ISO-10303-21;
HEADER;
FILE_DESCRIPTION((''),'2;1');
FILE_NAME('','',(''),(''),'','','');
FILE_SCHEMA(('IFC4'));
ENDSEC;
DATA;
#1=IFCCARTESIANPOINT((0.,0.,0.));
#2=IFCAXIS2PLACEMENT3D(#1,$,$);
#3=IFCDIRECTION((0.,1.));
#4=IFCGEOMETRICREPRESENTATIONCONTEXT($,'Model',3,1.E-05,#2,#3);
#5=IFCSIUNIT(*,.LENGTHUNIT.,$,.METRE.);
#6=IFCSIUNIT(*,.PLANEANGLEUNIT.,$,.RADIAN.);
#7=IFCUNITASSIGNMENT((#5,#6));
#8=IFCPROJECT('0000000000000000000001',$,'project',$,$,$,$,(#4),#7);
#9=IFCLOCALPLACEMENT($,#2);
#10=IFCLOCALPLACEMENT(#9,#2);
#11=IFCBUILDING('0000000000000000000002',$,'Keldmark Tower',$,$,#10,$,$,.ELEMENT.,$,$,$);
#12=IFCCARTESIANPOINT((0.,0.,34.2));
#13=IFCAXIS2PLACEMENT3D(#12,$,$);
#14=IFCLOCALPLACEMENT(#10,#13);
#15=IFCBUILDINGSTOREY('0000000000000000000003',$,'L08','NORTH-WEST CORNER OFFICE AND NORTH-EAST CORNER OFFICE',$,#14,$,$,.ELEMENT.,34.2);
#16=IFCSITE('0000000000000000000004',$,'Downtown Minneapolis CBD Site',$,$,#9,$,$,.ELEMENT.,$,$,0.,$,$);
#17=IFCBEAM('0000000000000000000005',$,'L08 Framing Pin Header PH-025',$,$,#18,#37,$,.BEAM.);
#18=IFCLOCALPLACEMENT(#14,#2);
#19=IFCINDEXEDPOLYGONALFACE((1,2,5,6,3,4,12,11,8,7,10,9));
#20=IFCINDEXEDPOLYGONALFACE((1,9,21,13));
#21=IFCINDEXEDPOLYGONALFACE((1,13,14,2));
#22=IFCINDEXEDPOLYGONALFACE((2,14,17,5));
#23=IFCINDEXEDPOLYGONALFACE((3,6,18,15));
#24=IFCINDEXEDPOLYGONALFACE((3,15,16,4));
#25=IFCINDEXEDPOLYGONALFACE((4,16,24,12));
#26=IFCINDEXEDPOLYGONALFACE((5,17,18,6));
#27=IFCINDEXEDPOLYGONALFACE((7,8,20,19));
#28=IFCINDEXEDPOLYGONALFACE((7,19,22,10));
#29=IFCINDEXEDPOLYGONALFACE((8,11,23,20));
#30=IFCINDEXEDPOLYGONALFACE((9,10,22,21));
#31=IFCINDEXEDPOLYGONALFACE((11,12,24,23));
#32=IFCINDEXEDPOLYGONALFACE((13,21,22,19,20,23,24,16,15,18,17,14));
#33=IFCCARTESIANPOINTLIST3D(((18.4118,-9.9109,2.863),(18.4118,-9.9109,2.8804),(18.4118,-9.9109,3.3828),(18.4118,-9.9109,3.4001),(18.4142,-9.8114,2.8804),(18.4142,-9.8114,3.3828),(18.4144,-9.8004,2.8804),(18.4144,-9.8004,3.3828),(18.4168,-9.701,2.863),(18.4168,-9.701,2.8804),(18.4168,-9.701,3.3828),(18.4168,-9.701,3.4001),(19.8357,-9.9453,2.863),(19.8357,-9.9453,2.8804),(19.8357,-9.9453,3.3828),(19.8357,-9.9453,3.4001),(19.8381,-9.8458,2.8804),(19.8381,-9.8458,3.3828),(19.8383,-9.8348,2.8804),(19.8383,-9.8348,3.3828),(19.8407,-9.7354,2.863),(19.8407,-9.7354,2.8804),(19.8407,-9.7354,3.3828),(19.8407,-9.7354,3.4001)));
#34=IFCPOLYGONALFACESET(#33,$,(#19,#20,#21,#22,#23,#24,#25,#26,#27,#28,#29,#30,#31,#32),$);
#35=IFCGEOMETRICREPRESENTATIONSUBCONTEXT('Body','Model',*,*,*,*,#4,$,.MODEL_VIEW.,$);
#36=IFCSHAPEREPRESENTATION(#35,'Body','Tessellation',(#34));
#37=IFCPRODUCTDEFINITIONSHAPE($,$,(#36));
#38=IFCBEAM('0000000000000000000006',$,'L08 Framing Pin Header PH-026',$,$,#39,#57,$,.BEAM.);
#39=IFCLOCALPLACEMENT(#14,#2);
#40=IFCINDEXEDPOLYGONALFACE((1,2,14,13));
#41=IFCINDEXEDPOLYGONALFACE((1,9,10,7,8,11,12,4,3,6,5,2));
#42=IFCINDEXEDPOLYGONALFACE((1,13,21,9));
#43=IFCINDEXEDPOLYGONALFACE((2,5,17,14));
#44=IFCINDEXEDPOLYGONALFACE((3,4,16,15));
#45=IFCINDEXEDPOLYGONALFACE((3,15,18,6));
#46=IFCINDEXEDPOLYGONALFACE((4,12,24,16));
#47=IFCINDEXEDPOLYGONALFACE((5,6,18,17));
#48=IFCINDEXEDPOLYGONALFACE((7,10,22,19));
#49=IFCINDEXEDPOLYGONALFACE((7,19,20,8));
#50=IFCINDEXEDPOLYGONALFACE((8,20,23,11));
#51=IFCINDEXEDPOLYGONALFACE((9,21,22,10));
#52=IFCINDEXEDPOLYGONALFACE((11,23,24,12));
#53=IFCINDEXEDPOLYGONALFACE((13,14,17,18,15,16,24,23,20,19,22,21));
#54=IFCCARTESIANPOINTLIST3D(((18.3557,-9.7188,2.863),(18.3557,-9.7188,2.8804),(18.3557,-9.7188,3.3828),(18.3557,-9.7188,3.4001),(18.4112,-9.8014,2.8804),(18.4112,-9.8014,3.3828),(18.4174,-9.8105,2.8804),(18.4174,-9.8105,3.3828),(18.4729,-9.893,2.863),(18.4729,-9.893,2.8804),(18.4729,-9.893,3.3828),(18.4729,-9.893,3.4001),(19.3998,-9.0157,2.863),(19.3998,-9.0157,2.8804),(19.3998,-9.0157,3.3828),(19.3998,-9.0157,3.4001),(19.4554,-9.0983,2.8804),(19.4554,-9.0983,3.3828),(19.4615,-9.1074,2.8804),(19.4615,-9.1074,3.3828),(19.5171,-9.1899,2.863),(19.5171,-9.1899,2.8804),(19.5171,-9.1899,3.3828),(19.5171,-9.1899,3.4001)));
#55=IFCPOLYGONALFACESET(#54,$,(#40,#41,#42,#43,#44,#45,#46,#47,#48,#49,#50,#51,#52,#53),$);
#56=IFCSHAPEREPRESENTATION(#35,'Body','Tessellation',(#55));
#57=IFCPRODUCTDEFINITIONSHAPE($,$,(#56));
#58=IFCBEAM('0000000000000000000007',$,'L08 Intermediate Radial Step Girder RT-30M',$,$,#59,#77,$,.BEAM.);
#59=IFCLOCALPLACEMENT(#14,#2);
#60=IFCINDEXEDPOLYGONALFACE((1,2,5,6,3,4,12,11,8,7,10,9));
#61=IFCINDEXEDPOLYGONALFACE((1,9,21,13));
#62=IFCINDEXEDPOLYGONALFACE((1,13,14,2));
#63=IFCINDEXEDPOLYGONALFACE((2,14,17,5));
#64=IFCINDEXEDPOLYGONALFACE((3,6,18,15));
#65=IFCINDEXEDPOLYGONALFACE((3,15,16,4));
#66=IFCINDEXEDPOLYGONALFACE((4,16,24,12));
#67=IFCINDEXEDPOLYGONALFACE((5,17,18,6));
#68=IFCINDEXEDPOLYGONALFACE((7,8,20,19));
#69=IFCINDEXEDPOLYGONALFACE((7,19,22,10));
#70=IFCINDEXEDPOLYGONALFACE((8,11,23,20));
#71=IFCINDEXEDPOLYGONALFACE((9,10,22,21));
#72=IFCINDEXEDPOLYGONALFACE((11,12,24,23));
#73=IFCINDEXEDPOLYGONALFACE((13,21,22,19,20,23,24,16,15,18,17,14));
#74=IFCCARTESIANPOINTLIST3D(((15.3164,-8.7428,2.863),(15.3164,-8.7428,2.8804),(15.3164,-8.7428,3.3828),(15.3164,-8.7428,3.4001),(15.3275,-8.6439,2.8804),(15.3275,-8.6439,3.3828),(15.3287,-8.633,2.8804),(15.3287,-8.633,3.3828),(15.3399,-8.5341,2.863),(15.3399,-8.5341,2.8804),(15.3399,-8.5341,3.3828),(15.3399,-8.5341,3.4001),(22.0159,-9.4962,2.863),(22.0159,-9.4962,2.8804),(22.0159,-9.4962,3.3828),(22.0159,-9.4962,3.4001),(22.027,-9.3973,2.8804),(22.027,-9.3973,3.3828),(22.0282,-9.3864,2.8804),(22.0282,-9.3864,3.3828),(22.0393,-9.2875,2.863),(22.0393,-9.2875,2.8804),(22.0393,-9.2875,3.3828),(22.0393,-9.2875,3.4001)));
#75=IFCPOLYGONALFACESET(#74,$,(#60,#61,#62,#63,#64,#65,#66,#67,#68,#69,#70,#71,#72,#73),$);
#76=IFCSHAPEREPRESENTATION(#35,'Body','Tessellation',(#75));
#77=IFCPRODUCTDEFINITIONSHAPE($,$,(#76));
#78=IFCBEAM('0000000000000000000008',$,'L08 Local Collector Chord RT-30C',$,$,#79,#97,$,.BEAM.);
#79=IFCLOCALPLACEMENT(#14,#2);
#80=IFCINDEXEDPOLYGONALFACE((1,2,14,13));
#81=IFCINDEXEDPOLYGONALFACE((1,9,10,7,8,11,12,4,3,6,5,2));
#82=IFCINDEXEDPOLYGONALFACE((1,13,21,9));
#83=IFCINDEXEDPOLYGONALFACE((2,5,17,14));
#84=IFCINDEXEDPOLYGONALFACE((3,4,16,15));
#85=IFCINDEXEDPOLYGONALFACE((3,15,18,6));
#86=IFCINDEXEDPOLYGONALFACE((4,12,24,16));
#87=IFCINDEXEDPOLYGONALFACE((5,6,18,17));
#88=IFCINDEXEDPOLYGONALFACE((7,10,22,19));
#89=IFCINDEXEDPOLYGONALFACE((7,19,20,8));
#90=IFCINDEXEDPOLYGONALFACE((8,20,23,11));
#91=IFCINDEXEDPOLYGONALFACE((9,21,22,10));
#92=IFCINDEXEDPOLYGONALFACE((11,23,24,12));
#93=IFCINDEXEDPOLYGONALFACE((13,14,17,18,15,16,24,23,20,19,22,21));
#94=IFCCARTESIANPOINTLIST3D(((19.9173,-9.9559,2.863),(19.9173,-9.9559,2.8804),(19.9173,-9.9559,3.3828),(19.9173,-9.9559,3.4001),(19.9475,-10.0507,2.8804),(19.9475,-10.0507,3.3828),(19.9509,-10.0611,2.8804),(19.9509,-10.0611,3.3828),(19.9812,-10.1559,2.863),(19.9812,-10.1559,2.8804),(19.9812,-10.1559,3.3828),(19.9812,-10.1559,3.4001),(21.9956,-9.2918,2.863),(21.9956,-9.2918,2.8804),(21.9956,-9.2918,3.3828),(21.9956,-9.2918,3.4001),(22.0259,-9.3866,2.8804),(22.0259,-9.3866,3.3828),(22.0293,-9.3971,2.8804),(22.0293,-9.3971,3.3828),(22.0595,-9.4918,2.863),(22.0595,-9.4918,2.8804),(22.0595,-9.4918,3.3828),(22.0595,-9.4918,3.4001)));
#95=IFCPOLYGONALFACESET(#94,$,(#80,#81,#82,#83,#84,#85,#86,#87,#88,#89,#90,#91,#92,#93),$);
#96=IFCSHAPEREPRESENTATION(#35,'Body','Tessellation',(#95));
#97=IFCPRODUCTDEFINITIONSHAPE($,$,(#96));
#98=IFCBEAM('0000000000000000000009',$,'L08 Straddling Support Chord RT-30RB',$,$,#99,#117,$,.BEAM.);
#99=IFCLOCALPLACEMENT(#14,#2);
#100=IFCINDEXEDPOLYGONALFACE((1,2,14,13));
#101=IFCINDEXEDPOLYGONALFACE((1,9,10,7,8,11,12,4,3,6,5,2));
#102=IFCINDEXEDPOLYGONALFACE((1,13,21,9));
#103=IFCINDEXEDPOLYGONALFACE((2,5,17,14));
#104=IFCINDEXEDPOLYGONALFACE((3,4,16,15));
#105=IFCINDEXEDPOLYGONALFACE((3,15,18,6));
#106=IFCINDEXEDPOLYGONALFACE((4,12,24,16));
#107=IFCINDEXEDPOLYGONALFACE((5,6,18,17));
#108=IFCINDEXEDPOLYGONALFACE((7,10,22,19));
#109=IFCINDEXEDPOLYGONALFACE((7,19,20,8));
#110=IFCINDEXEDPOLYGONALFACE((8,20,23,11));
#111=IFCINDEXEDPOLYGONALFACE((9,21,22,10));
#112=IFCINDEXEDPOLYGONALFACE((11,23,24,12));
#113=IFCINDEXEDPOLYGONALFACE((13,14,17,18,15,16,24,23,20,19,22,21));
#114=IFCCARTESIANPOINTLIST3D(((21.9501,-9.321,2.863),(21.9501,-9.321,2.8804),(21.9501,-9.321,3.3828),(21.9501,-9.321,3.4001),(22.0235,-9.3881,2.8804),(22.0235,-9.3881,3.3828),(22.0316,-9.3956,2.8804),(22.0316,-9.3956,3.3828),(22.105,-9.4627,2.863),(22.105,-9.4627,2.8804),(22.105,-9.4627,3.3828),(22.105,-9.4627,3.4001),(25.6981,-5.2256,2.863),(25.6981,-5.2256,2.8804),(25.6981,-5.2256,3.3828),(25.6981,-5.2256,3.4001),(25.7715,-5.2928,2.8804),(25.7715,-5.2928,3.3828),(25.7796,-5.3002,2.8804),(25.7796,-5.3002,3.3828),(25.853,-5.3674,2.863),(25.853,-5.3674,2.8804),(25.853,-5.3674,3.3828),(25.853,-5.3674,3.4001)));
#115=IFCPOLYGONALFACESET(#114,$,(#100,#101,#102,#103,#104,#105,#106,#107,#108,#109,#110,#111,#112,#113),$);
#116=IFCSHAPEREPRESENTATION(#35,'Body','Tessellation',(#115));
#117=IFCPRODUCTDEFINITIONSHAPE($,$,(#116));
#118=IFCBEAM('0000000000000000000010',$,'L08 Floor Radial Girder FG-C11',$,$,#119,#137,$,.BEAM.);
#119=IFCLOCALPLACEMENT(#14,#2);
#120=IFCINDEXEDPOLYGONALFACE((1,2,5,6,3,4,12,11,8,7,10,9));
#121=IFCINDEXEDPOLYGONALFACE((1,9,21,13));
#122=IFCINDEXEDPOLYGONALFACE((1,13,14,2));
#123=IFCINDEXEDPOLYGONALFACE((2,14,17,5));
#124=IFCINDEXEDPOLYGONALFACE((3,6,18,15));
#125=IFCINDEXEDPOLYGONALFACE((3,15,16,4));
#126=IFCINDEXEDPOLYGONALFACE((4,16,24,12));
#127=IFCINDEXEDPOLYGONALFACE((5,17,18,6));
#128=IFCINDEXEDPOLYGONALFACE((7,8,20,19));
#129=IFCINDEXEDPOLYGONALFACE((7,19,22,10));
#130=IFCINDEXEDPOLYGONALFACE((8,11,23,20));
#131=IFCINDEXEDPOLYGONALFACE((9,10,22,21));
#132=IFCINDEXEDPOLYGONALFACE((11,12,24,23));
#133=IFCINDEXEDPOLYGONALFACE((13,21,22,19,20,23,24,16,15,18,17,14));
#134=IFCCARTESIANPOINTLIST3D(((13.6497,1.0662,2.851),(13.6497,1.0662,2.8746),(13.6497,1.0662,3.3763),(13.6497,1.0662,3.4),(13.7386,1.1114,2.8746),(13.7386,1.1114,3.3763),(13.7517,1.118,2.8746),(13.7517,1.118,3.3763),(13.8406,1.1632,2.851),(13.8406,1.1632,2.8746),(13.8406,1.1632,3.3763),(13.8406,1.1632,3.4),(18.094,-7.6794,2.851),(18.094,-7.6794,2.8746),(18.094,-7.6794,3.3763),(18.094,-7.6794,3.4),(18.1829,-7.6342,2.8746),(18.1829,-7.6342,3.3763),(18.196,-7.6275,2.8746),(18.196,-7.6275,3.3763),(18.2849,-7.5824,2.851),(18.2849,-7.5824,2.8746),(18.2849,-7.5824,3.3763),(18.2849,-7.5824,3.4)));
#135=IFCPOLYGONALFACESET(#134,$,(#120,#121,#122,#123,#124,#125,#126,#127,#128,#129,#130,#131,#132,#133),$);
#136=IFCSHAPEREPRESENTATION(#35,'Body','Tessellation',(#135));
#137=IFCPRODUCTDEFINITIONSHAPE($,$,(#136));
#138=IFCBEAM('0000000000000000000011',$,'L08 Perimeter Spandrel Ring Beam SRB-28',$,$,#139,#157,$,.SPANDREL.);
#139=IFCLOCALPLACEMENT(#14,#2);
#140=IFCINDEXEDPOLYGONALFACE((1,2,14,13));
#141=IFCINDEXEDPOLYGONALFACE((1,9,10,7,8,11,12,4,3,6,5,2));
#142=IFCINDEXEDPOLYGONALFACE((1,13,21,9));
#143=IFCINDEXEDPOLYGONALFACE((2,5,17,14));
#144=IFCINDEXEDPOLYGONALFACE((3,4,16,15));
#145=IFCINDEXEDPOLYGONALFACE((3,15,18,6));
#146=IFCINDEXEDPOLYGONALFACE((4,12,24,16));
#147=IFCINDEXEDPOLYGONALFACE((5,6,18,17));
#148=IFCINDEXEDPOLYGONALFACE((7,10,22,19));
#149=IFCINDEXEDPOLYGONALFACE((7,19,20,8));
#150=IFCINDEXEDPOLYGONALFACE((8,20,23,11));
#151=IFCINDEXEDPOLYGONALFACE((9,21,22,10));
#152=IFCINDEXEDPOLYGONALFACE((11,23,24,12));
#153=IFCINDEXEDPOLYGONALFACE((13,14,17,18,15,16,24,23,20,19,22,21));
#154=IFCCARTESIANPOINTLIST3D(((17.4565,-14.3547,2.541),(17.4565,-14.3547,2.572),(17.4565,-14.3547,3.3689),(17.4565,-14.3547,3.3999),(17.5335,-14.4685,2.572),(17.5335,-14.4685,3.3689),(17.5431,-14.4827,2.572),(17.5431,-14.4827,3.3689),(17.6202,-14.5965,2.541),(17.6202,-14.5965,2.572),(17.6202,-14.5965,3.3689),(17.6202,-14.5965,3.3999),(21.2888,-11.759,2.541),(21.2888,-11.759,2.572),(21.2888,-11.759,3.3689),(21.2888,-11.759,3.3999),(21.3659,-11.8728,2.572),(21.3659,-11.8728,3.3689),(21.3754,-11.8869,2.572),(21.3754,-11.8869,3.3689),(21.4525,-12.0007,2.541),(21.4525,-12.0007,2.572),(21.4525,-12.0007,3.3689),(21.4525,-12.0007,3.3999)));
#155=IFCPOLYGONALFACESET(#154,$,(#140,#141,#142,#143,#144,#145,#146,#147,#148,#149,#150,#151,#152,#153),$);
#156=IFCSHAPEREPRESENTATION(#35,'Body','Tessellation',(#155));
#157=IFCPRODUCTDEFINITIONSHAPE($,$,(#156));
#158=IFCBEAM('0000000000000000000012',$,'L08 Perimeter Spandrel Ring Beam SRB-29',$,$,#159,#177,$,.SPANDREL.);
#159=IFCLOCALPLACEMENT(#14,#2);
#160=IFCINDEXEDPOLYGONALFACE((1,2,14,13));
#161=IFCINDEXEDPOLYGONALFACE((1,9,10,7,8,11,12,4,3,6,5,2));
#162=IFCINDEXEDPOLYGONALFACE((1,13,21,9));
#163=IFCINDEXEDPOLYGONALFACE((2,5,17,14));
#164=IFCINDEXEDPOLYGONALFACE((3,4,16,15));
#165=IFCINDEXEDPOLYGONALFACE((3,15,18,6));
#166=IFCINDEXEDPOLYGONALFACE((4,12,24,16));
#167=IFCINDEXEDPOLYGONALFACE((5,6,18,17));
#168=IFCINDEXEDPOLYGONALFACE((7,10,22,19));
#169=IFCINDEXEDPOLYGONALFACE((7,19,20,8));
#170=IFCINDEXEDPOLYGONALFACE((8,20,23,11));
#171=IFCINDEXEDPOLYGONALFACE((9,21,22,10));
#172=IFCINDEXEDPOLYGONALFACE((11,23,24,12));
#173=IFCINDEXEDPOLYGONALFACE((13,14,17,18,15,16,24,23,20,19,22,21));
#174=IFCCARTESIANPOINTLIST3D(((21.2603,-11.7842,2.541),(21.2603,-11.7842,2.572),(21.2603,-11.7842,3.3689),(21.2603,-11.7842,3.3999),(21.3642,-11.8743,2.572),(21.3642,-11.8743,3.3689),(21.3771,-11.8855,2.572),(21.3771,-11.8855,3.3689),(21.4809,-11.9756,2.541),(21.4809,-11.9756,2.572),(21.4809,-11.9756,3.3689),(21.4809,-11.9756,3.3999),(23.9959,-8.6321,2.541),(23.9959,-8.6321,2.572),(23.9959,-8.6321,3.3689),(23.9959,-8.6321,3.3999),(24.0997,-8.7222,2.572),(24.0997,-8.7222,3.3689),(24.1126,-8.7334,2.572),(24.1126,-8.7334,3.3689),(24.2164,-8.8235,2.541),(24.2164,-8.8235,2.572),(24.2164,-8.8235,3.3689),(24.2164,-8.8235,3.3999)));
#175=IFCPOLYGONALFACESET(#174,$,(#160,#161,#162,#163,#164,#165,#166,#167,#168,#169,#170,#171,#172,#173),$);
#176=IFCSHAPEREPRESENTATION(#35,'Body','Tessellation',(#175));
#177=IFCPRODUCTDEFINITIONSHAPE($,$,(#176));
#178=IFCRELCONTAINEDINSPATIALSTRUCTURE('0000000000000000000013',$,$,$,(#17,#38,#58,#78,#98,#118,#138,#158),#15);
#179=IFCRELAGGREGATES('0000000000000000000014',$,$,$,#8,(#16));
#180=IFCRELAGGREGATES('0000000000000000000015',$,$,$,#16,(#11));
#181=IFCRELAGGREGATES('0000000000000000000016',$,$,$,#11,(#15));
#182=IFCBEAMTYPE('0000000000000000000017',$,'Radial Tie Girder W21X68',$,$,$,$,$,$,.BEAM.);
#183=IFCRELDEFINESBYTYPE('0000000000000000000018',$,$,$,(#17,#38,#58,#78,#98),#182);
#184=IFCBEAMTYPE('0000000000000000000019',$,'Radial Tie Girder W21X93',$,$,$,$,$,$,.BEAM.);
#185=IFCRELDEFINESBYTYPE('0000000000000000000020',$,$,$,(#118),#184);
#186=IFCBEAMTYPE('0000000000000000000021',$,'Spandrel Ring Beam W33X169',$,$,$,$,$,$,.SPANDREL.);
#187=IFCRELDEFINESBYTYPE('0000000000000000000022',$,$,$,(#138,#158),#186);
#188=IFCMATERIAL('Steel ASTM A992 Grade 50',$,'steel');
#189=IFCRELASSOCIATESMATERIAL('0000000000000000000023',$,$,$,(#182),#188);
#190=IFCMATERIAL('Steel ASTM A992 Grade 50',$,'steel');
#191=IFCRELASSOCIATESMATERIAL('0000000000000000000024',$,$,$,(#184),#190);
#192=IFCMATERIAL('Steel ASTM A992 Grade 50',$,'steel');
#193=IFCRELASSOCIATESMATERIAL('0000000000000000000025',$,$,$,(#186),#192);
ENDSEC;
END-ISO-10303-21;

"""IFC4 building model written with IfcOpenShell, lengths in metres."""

from ifc_helpers import new_model, si_unit, direction, frame, origin, origin_2d, place, context, subcontext, project, spatial, i_section, extrude, material, material_profile, profile_set, type_object, element, save


model = new_model("IFC4")

# Units and contexts
model_context = context("Model", 3, precision=1e-05, world=origin(), true_north=direction((0.0, 1.0)))
body_context = subcontext(model_context, "Body", "Model", "MODEL_VIEW")
ifc_project = project(units=[si_unit("LENGTHUNIT", "METRE"), si_unit("PLANEANGLEUNIT", "RADIAN")], contexts=[model_context])

# Site, building, storey
site_placement = place(None, origin())
site = spatial("IfcSite", under=ifc_project, at=site_placement, Name="Downtown Minneapolis CBD Site", CompositionType="ELEMENT", RefElevation=0.0)
building_placement = place(site_placement, origin())
building = spatial("IfcBuilding", under=site, at=building_placement, Name="Keldmark Tower", CompositionType="ELEMENT")
storey_placement = place(building_placement, frame((0.0, 0.0, 34.2)))
storey = spatial("IfcBuildingStorey", under=building, at=storey_placement, Name="L08", Description="NORTH-WEST CORNER OFFICE AND NORTH-EAST CORNER OFFICE", CompositionType="ELEMENT", Elevation=34.2)

# Beams
ifc_material_1 = material(Name="Steel ASTM A992 Grade 50", Category="steel")
ifc_material_profile_1 = material_profile(ifc_material_1, i_section(OverallWidth=0.21, OverallDepth=0.5371, WebThickness=0.011, FlangeThickness=0.0173, at=origin_2d()), Name="W21X68")
ifc_profile_set_1 = profile_set([ifc_material_profile_1], Name="Steel ASTM A992 Grade 50")
beam_type_1 = type_object("IfcBeamType", Name="Radial Tie Girder W21X68", PredefinedType="BEAM", material=ifc_profile_set_1)
beam_1_placement = place(storey_placement, frame((18.4143, -9.8059, 3.1316), z_axis=(0.999708, -0.02417, 0.0), x_axis=(0.02417, 0.999708, 0.0)))
element("IfcBeam", 1, at=beam_1_placement, inside=storey, type_object=beam_type_1, Name="L08 Framing Pin Header PH-025", PredefinedType="BEAM", context=body_context, shape_type="SweptSolid", body=[
    extrude(i_section(OverallWidth=0.21, OverallDepth=0.5371, WebThickness=0.011, FlangeThickness=0.0173, at=origin_2d()), origin(), (0.0, 0.0, 1.0), 1.4243),
])
beam_2_placement = place(storey_placement, frame((18.4143, -9.8059, 3.1316), z_axis=(0.829475, 0.558543, 0.0), x_axis=(-0.558543, 0.829475, 0.0)))
element("IfcBeam", 2, at=beam_2_placement, inside=storey, type_object=beam_type_1, Name="L08 Framing Pin Header PH-026", PredefinedType="BEAM", context=body_context, shape_type="SweptSolid", body=[
    extrude(i_section(OverallWidth=0.21, OverallDepth=0.5371, WebThickness=0.011, FlangeThickness=0.0173, at=origin_2d()), origin(), (0.0, 0.0, 1.0), 1.2588),
])
beam_3_placement = place(storey_placement, frame((15.3281, -8.6384, 3.1316), z_axis=(0.993736, -0.111755, 0.0), x_axis=(0.111755, 0.993736, 0.0)))
element("IfcBeam", 3, at=beam_3_placement, inside=storey, type_object=beam_type_1, Name="L08 Intermediate Radial Step Girder RT-30M", PredefinedType="BEAM", context=body_context, shape_type="SweptSolid", body=[
    extrude(i_section(OverallWidth=0.21, OverallDepth=0.5371, WebThickness=0.011, FlangeThickness=0.0173, at=origin_2d()), origin(), (0.0, 0.0, 1.0), 6.7417),
])
beam_4_placement = place(storey_placement, frame((19.9492, -10.0559, 3.1316), z_axis=(0.952559, 0.304353, 0.0), x_axis=(-0.304353, 0.952559, 0.0)))
element("IfcBeam", 4, at=beam_4_placement, inside=storey, type_object=beam_type_1, Name="L08 Local Collector Chord RT-30C", PredefinedType="BEAM", context=body_context, shape_type="SweptSolid", body=[
    extrude(i_section(OverallWidth=0.21, OverallDepth=0.5371, WebThickness=0.011, FlangeThickness=0.0173, at=origin_2d()), origin(), (0.0, 0.0, 1.0), 2.1819),
])
beam_5_placement = place(storey_placement, frame((22.0276, -9.3918, 3.1316), z_axis=(0.675125, 0.737703, 0.0), x_axis=(-0.737703, 0.675125, 0.0)))
element("IfcBeam", 5, at=beam_5_placement, inside=storey, type_object=beam_type_1, Name="L08 Straddling Support Chord RT-30RB", PredefinedType="BEAM", context=body_context, shape_type="SweptSolid", body=[
    extrude(i_section(OverallWidth=0.21, OverallDepth=0.5371, WebThickness=0.011, FlangeThickness=0.0173, at=origin_2d()), origin(), (0.0, 0.0, 1.0), 5.5515),
])
ifc_material_2 = material(Name="Steel ASTM A992 Grade 50", Category="steel")
ifc_material_profile_2 = material_profile(ifc_material_2, i_section(OverallWidth=0.2141, OverallDepth=0.5491, WebThickness=0.0146, FlangeThickness=0.0237, at=origin_2d()), Name="W21X93")
ifc_profile_set_2 = profile_set([ifc_material_profile_2], Name="Steel ASTM A992 Grade 50")
beam_type_2 = type_object("IfcBeamType", Name="Radial Tie Girder W21X93", PredefinedType="BEAM", material=ifc_profile_set_2)
beam_6_placement = place(storey_placement, frame((18.1895, -7.6309, 3.1255), z_axis=(-0.453038, 0.891491, 0.0), x_axis=(-0.891491, -0.453038, 0.0)))
element("IfcBeam", 6, at=beam_6_placement, inside=storey, type_object=beam_type_2, Name="L08 Floor Radial Girder FG-C11", PredefinedType="BEAM", context=body_context, shape_type="SweptSolid", body=[
    extrude(i_section(OverallWidth=0.2141, OverallDepth=0.5491, WebThickness=0.0146, FlangeThickness=0.0237, at=origin_2d()), origin(), (0.0, 0.0, 1.0), 9.8101),
])
ifc_material_3 = material(Name="Steel ASTM A992 Grade 50", Category="steel")
ifc_material_profile_3 = material_profile(ifc_material_3, i_section(OverallWidth=0.292, OverallDepth=0.8589, WebThickness=0.0171, FlangeThickness=0.031, at=origin_2d()), Name="W33X169")
ifc_profile_set_3 = profile_set([ifc_material_profile_3], Name="Steel ASTM A992 Grade 50")
beam_type_3 = type_object("IfcBeamType", Name="Spandrel Ring Beam W33X169", PredefinedType="SPANDREL", material=ifc_profile_set_3)
beam_7_placement = place(storey_placement, frame((17.5383, -14.4756, 2.9705), z_axis=(0.827954, 0.560796, 0.0), x_axis=(-0.560796, 0.827954, 0.0)))
element("IfcBeam", 7, at=beam_7_placement, inside=storey, type_object=beam_type_3, Name="L08 Perimeter Spandrel Ring Beam SRB-28", PredefinedType="SPANDREL", context=body_context, shape_type="SweptSolid", body=[
    extrude(i_section(OverallWidth=0.292, OverallDepth=0.8589, WebThickness=0.0171, FlangeThickness=0.031, at=origin_2d()), origin(), (0.0, 0.0, 1.0), 4.6287),
])
beam_8_placement = place(storey_placement, frame((21.3706, -11.8799, 2.9705), z_axis=(0.655447, 0.755241, 0.0), x_axis=(-0.755241, 0.655447, 0.0)))
element("IfcBeam", 8, at=beam_8_placement, inside=storey, type_object=beam_type_3, Name="L08 Perimeter Spandrel Ring Beam SRB-29", PredefinedType="SPANDREL", context=body_context, shape_type="SweptSolid", body=[
    extrude(i_section(OverallWidth=0.292, OverallDepth=0.8589, WebThickness=0.0171, FlangeThickness=0.031, at=origin_2d()), origin(), (0.0, 0.0, 1.0), 4.1736),
])

save(model, "model.ifc")
